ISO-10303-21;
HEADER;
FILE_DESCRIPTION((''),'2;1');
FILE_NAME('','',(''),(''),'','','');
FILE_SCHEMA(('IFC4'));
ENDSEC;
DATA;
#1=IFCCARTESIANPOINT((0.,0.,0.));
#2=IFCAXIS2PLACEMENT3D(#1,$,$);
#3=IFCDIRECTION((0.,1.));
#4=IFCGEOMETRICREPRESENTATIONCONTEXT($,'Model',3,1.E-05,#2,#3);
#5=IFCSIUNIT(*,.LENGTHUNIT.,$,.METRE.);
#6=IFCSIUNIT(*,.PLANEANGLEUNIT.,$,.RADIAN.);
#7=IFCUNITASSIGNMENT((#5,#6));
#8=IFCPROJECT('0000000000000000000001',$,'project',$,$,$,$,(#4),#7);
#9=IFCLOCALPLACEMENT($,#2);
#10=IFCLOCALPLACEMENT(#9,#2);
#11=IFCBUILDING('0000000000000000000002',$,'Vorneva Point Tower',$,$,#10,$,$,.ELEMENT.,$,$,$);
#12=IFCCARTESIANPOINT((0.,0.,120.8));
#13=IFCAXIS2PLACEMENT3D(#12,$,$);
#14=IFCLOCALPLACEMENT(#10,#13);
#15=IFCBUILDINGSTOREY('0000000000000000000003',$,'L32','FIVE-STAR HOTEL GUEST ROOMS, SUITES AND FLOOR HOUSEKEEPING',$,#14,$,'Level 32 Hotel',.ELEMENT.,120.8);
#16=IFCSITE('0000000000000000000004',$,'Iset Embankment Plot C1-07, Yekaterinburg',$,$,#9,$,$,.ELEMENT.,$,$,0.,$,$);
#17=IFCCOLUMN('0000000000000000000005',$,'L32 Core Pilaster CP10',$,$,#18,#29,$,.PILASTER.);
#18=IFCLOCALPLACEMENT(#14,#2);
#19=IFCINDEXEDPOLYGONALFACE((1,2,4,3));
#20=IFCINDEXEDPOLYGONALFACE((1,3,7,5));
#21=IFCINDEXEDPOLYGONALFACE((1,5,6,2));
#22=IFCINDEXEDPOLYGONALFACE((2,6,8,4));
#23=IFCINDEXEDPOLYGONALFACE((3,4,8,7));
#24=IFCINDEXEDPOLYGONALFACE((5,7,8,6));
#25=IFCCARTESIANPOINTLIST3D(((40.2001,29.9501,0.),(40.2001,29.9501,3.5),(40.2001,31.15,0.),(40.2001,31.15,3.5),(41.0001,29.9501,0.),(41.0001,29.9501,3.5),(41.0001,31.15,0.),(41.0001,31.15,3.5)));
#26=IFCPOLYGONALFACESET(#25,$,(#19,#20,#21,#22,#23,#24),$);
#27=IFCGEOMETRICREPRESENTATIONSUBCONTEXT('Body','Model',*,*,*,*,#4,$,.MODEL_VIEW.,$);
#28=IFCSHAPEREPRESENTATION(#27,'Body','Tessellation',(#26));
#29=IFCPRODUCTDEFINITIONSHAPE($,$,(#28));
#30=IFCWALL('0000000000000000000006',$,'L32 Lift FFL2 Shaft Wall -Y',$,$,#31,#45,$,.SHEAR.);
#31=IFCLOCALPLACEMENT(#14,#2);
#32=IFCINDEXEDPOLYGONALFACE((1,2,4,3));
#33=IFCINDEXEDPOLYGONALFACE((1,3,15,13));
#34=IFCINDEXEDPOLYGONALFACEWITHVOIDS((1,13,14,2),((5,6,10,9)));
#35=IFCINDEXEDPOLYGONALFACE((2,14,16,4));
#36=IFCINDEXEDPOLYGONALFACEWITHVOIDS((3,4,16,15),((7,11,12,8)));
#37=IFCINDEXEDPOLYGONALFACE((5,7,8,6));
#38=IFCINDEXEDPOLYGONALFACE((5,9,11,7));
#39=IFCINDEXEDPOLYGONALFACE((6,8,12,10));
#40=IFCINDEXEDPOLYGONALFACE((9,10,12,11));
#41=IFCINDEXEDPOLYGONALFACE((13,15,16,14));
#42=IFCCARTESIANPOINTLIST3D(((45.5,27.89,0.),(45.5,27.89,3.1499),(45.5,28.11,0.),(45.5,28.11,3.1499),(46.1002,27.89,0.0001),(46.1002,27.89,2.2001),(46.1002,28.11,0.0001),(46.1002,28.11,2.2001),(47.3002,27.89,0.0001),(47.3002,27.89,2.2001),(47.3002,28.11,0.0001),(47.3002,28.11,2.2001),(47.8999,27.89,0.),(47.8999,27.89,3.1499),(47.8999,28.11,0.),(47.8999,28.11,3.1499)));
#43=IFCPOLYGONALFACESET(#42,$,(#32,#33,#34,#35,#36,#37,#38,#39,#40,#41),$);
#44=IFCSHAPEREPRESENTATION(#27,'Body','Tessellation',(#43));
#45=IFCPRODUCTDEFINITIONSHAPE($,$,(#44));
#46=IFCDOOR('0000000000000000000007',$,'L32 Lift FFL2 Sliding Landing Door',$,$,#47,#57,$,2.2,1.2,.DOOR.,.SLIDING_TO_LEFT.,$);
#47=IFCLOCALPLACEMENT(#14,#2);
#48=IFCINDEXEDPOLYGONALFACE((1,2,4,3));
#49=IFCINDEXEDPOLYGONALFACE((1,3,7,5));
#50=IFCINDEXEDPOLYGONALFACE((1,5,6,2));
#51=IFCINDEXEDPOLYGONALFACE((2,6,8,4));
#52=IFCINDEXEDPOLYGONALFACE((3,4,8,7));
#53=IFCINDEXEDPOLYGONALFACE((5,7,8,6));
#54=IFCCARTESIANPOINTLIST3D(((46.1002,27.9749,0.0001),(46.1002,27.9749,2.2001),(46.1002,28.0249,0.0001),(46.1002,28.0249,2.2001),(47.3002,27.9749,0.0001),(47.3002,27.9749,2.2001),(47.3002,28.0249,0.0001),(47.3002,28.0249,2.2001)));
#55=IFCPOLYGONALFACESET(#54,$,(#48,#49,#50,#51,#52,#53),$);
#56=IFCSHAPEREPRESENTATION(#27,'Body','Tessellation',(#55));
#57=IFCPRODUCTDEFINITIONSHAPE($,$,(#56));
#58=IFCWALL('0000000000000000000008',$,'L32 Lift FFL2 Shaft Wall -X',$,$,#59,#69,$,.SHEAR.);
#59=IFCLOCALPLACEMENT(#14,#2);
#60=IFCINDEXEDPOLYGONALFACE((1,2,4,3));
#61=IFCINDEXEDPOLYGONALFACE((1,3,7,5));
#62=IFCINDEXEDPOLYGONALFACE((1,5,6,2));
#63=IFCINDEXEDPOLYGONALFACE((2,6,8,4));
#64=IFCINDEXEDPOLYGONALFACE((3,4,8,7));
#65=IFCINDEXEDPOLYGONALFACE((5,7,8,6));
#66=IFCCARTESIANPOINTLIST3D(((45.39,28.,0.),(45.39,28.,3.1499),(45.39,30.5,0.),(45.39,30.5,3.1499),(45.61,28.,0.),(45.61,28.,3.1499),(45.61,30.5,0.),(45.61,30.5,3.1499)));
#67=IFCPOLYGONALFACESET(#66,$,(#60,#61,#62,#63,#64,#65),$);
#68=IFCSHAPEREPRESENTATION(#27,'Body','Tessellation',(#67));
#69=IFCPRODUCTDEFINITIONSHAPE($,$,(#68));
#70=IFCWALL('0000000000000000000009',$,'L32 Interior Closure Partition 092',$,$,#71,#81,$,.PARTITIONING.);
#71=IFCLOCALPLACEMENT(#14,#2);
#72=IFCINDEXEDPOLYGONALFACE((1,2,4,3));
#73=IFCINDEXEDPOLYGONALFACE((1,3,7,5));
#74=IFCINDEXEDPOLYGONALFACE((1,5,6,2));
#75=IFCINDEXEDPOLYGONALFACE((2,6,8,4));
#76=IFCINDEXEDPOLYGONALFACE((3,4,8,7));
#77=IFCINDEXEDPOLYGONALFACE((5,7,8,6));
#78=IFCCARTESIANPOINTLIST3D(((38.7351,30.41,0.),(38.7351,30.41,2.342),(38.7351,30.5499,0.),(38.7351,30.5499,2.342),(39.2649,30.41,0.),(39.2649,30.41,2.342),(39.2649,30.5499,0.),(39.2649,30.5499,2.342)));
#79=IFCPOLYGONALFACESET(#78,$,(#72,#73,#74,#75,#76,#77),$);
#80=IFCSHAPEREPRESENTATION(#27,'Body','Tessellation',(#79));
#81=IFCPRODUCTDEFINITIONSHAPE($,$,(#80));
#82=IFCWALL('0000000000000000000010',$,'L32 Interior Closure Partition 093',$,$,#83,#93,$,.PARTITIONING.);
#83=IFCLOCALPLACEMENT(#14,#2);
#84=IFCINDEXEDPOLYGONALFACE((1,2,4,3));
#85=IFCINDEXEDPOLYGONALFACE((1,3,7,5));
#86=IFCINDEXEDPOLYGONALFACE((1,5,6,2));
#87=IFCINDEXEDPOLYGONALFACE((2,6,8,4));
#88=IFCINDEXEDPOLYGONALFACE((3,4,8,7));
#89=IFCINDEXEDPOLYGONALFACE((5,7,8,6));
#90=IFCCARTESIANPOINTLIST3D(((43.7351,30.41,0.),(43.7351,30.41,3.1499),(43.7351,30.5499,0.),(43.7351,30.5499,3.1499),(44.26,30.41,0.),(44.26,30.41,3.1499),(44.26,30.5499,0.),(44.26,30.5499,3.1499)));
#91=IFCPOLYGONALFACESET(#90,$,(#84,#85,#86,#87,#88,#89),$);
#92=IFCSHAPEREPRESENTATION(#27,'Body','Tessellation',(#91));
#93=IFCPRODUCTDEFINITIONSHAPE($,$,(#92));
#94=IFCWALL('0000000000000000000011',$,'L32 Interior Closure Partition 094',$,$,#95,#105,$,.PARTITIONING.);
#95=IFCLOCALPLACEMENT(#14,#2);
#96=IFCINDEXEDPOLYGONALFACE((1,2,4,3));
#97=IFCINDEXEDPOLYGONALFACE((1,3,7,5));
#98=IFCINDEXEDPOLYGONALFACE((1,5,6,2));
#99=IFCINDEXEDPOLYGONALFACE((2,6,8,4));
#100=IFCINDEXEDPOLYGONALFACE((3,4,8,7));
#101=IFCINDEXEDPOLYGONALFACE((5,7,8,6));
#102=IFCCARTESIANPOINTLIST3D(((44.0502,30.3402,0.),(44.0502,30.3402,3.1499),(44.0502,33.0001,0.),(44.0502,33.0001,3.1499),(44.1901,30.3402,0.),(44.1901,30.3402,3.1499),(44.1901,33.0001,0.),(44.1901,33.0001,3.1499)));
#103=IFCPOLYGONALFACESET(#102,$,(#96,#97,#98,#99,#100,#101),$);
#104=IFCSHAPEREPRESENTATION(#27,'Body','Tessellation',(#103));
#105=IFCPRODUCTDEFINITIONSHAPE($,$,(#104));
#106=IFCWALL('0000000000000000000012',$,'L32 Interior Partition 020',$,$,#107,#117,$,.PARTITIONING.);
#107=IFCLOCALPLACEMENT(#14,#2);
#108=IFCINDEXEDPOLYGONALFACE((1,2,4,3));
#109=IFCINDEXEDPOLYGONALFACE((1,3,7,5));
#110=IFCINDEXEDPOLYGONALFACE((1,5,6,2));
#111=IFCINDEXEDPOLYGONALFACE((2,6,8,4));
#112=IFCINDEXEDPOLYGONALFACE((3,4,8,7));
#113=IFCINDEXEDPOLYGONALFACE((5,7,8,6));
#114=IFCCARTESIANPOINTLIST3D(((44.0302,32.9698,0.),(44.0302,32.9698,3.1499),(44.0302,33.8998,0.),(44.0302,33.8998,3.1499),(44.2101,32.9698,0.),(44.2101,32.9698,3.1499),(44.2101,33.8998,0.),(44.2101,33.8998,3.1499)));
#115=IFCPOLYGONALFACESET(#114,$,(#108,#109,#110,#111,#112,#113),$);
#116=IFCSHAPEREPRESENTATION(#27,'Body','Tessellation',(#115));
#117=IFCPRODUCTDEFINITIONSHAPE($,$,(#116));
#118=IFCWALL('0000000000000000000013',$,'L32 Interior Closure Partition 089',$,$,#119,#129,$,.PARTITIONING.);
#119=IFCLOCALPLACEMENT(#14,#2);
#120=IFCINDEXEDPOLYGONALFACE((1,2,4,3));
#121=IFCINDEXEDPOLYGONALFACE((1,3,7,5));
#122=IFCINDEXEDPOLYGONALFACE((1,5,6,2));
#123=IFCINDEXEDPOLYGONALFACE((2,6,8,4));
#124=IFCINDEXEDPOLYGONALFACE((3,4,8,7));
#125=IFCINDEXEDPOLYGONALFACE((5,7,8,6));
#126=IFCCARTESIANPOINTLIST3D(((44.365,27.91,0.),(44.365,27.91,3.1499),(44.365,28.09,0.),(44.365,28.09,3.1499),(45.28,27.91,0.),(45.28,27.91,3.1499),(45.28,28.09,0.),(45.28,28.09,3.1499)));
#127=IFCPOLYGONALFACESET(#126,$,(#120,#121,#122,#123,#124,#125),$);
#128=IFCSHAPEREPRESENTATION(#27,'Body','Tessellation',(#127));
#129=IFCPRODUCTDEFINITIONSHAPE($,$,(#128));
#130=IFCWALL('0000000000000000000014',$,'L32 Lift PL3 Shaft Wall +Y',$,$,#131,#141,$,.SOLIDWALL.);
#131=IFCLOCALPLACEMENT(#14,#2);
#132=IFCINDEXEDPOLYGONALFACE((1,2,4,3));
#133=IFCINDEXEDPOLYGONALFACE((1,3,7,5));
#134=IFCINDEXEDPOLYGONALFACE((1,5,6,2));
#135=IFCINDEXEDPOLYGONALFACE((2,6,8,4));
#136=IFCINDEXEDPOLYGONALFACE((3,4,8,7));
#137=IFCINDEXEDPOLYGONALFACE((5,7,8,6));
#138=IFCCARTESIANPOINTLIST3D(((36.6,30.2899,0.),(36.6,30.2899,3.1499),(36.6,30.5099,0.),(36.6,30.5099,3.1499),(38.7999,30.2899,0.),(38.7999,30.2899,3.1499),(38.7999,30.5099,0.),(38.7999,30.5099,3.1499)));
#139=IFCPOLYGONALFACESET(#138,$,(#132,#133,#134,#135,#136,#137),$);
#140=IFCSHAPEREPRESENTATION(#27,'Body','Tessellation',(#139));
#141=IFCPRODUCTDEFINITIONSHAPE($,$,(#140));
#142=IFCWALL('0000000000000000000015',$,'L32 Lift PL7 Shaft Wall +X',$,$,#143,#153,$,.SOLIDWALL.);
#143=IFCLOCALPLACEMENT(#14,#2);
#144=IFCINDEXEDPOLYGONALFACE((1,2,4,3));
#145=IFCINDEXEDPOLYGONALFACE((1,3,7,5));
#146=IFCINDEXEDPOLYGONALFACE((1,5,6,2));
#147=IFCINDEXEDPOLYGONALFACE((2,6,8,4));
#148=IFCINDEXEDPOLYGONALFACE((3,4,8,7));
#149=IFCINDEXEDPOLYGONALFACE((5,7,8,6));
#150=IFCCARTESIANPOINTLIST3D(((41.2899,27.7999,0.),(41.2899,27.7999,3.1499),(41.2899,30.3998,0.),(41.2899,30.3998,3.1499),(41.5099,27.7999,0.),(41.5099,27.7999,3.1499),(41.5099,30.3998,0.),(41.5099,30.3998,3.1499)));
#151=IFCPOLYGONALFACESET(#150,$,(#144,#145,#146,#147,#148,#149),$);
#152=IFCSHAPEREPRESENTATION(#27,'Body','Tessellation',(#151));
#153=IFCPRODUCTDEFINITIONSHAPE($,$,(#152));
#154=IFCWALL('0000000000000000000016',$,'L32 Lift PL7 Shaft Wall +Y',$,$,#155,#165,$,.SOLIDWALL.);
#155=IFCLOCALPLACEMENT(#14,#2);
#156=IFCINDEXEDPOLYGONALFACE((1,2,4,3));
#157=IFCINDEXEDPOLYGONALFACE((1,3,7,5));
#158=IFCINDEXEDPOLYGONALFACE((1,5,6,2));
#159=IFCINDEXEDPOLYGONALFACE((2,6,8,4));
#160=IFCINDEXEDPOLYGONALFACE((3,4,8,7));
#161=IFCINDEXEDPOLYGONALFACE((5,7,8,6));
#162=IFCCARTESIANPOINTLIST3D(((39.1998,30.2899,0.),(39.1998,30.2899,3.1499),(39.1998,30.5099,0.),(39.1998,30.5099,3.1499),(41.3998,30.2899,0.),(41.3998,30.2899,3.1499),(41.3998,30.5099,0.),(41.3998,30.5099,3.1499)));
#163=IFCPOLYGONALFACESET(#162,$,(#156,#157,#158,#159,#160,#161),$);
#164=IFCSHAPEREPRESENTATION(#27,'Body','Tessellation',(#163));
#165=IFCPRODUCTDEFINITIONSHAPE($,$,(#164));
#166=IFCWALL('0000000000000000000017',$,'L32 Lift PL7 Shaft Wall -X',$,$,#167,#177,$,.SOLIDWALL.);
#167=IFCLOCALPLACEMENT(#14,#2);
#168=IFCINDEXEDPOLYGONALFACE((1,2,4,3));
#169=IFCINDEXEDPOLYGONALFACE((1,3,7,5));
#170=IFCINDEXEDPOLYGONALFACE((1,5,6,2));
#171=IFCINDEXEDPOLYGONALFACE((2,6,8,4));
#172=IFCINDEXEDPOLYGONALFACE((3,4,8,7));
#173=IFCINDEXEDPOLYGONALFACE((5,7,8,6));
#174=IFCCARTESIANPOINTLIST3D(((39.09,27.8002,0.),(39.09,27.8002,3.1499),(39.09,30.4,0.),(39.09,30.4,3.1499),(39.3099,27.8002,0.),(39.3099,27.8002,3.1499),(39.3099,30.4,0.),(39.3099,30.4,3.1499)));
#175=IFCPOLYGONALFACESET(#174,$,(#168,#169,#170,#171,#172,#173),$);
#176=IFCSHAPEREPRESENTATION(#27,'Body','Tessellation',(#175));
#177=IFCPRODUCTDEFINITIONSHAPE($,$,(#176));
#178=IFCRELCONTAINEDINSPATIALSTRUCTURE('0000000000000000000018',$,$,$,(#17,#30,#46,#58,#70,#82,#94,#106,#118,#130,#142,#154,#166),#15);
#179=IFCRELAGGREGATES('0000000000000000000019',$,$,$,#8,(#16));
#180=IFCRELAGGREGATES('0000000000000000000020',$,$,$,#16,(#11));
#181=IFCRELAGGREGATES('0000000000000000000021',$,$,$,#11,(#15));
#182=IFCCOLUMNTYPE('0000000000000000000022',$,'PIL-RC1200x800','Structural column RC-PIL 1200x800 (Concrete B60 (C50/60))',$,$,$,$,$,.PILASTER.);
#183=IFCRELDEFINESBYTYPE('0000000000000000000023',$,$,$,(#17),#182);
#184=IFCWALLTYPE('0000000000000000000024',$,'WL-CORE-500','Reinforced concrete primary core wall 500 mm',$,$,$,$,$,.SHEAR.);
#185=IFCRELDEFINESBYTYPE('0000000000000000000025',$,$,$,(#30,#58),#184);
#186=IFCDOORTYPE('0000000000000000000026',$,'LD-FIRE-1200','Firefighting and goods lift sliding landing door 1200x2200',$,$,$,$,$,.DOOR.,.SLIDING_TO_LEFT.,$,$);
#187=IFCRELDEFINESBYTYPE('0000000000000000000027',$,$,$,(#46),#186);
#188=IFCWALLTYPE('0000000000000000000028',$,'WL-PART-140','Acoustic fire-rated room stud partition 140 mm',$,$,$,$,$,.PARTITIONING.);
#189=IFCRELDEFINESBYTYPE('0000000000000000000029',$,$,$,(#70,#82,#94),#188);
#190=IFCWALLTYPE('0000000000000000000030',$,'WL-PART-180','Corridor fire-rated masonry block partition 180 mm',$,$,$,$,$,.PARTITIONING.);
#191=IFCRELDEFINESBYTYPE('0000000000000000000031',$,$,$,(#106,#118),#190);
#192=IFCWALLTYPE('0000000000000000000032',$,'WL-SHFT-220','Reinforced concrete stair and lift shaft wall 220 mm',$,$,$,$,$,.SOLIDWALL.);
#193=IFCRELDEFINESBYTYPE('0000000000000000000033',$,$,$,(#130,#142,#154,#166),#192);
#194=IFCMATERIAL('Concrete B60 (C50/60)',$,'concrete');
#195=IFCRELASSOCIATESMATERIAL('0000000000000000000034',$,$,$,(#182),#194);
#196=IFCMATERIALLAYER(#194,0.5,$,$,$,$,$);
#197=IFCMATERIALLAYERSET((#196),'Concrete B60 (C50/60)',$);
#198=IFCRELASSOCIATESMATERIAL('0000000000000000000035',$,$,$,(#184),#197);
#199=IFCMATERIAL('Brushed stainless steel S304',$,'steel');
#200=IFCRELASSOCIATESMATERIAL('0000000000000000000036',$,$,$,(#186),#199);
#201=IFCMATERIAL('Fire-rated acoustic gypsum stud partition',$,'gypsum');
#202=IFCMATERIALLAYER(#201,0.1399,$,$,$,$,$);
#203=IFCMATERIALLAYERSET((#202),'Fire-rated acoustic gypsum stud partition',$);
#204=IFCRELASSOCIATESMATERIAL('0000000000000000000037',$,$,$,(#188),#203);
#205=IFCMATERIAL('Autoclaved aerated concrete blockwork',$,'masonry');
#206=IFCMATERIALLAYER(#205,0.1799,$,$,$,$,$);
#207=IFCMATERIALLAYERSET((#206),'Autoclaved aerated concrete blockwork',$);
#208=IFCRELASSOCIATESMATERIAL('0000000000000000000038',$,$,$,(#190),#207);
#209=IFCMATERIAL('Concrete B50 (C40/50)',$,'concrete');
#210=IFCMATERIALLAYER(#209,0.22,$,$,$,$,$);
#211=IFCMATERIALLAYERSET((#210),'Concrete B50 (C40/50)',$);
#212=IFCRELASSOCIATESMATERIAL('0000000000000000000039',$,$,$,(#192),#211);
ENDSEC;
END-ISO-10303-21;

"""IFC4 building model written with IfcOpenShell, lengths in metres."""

from ifc_helpers import new_model, si_unit, direction, frame, frame_2d, origin, origin_2d, place, context, subcontext, project, spatial, rectangle, extrude, material, layer, layer_set, material_profile, profile_set, type_object, element, fill, save


model = new_model("IFC4")

# Units and contexts
model_context = context("Model", 3, precision=1e-05, world=origin(), true_north=direction((0.0, 1.0)))
body_context = subcontext(model_context, "Body", "Model", "MODEL_VIEW")
ifc_project = project(units=[si_unit("LENGTHUNIT", "METRE"), si_unit("PLANEANGLEUNIT", "RADIAN")], contexts=[model_context])

# Site, building, storey
site_placement = place(None, origin())
site = spatial("IfcSite", under=ifc_project, at=site_placement, Name="Iset Embankment Plot C1-07, Yekaterinburg", CompositionType="ELEMENT", RefElevation=0.0)
building_placement = place(site_placement, origin())
building = spatial("IfcBuilding", under=site, at=building_placement, Name="Vorneva Point Tower", CompositionType="ELEMENT")
storey_placement = place(building_placement, frame((0.0, 0.0, 120.8)))
storey = spatial("IfcBuildingStorey", under=building, at=storey_placement, Name="L32", Description="FIVE-STAR HOTEL GUEST ROOMS, SUITES AND FLOOR HOUSEKEEPING", LongName="Level 32 Hotel", CompositionType="ELEMENT", Elevation=120.8)

# Column
ifc_material_1 = material(Name="Concrete B60 (C50/60)", Category="concrete")
ifc_material_profile = material_profile(ifc_material_1, rectangle(XDim=0.8, YDim=1.2, at=origin_2d()), Name="RC-PIL 1200x800")
ifc_profile_set = profile_set([ifc_material_profile], Name="Concrete B60 (C50/60)")
column_type = type_object("IfcColumnType", Name="PIL-RC1200x800", Description="Structural column RC-PIL 1200x800 (Concrete B60 (C50/60))", PredefinedType="PILASTER", material=ifc_profile_set)
column_placement = place(storey_placement, frame((40.6001, 30.55, 0.0), z_axis=(0.0, 0.0, 1.0), x_axis=(1.0, 0.0, 0.0)))
element("IfcColumn", 1, at=column_placement, inside=storey, type_object=column_type, Name="L32 Core Pilaster CP10", PredefinedType="PILASTER", context=body_context, shape_type="SweptSolid", body=[
    extrude(rectangle(XDim=0.8, YDim=1.2, at=origin_2d()), origin(), (0.0, 0.0, 1.0), 3.5),
])

# Wall, opening, door
ifc_layer_1 = layer(ifc_material_1, 0.5)
ifc_layer_set_1 = layer_set([ifc_layer_1], Name="Concrete B60 (C50/60)")
wall_type_1 = type_object("IfcWallType", Name="WL-CORE-500", Description="Reinforced concrete primary core wall 500 mm", PredefinedType="SHEAR", material=ifc_layer_set_1)
wall_1_placement = place(storey_placement, frame((45.5, 28.0, 0.0), z_axis=(0.0, 0.0, 1.0), x_axis=(1.0, 0.0, 0.0)))
wall_1 = element("IfcWall", 2, at=wall_1_placement, inside=storey, type_object=wall_type_1, Name="L32 Lift FFL2 Shaft Wall -Y", PredefinedType="SHEAR", context=body_context, shape_type="SweptSolid", body=[
    extrude(rectangle(XDim=2.3999, YDim=0.22, at=frame_2d((1.2, 0.0))), origin(), (0.0, 0.0, 1.0), 3.1499),
])
opening_1_placement = place(wall_1_placement, frame((0.6001, 0.0, 0.0)))
opening_1 = element("IfcOpeningElement", 3, at=opening_1_placement, cuts=wall_1, PredefinedType="OPENING", context=body_context, shape_type="SweptSolid", body=[
    extrude(rectangle(XDim=1.2, YDim=2.2, at=frame_2d((0.6001, 1.1001))), frame((0.0, 0.125, 0.0), z_axis=(0.0, -1.0, 0.0), x_axis=(1.0, 0.0, 0.0)), (0.0, 0.0, 1.0), 0.2498),
])
ifc_material_2 = material(Name="Brushed stainless steel S304", Category="steel")
door_type_1 = type_object("IfcDoorType", Name="LD-FIRE-1200", Description="Firefighting and goods lift sliding landing door 1200x2200", OperationType="SLIDING_TO_LEFT", PredefinedType="DOOR", material=ifc_material_2)
door_1_placement = place(opening_1_placement, origin())
door_1 = element("IfcDoor", 4, at=door_1_placement, inside=storey, type_object=door_type_1, Name="L32 Lift FFL2 Sliding Landing Door", OperationType="SLIDING_TO_LEFT", OverallHeight=2.2, OverallWidth=1.2, PredefinedType="DOOR", context=body_context, shape_type="SweptSolid", body=[
    extrude(rectangle(XDim=1.2, YDim=2.2, at=frame_2d((0.6001, 1.1001))), frame((0.0, 0.0249, 0.0), z_axis=(0.0, -1.0, 0.0), x_axis=(1.0, 0.0, 0.0)), (0.0, 0.0, 1.0), 0.05),
])
fill(opening_1, door_1)

# Walls
wall_2_placement = place(storey_placement, frame((45.5, 30.5, 0.0), z_axis=(0.0, 0.0, 1.0), x_axis=(0.0, -1.0, 0.0)))
element("IfcWall", 5, at=wall_2_placement, inside=storey, type_object=wall_type_1, Name="L32 Lift FFL2 Shaft Wall -X", PredefinedType="SHEAR", context=body_context, shape_type="SweptSolid", body=[
    extrude(rectangle(XDim=2.5, YDim=0.22, at=frame_2d((1.25, 0.0))), origin(), (0.0, 0.0, 1.0), 3.1499),
])
ifc_material_3 = material(Name="Fire-rated acoustic gypsum stud partition", Category="gypsum")
ifc_layer_2 = layer(ifc_material_3, 0.1399)
ifc_layer_set_2 = layer_set([ifc_layer_2], Name="Fire-rated acoustic gypsum stud partition")
wall_type_2 = type_object("IfcWallType", Name="WL-PART-140", Description="Acoustic fire-rated room stud partition 140 mm", PredefinedType="PARTITIONING", material=ifc_layer_set_2)
wall_3_placement = place(storey_placement, frame((38.7351, 30.48, 0.0), z_axis=(0.0, 0.0, 1.0), x_axis=(1.0, 0.0, 0.0)))
element("IfcWall", 6, at=wall_3_placement, inside=storey, type_object=wall_type_2, Name="L32 Interior Closure Partition 092", PredefinedType="PARTITIONING", context=body_context, shape_type="SweptSolid", body=[
    extrude(rectangle(XDim=0.5298, YDim=0.1399, at=frame_2d((0.2649, 0.0))), origin(), (0.0, 0.0, 1.0), 2.342),
])
wall_4_placement = place(storey_placement, frame((43.7351, 30.48, 0.0), z_axis=(0.0, 0.0, 1.0), x_axis=(1.0, 0.0, 0.0)))
element("IfcWall", 7, at=wall_4_placement, inside=storey, type_object=wall_type_2, Name="L32 Interior Closure Partition 093", PredefinedType="PARTITIONING", context=body_context, shape_type="SweptSolid", body=[
    extrude(rectangle(XDim=0.5249, YDim=0.1399, at=frame_2d((0.2625, 0.0))), origin(), (0.0, 0.0, 1.0), 3.1499),
])
wall_5_placement = place(storey_placement, frame((44.1201, 30.3401, 0.0), z_axis=(0.0, 0.0, 1.0), x_axis=(0.0, 1.0, 0.0)))
element("IfcWall", 8, at=wall_5_placement, inside=storey, type_object=wall_type_2, Name="L32 Interior Closure Partition 094", PredefinedType="PARTITIONING", context=body_context, shape_type="SweptSolid", body=[
    extrude(rectangle(XDim=2.6599, YDim=0.1399, at=frame_2d((1.3301, 0.0))), origin(), (0.0, 0.0, 1.0), 3.1499),
])

# Shared definitions
ifc_material_4 = material(Name="Autoclaved aerated concrete blockwork", Category="masonry")
ifc_layer_3 = layer(ifc_material_4, 0.1799)
ifc_layer_set_3 = layer_set([ifc_layer_3], Name="Autoclaved aerated concrete blockwork")
wall_type_3 = type_object("IfcWallType", Name="WL-PART-180", Description="Corridor fire-rated masonry block partition 180 mm", PredefinedType="PARTITIONING", material=ifc_layer_set_3)

# Walls
wall_6_placement = place(storey_placement, frame((44.1201, 32.97, 0.0), z_axis=(0.0, 0.0, 1.0), x_axis=(0.0, 1.0, 0.0)))
element("IfcWall", 9, at=wall_6_placement, inside=storey, type_object=wall_type_3, Name="L32 Interior Partition 020", PredefinedType="PARTITIONING", context=body_context, shape_type="SweptSolid", body=[
    extrude(rectangle(XDim=0.9299, YDim=0.1799, at=frame_2d((0.4648, 0.0))), origin(), (0.0, 0.0, 1.0), 3.1499),
])
wall_7_placement = place(storey_placement, frame((45.28, 28.0, 0.0), z_axis=(0.0, 0.0, 1.0), x_axis=(-1.0, 0.0, 0.0)))
element("IfcWall", 10, at=wall_7_placement, inside=storey, type_object=wall_type_3, Name="L32 Interior Closure Partition 089", PredefinedType="PARTITIONING", context=body_context, shape_type="SweptSolid", body=[
    extrude(rectangle(XDim=0.915, YDim=0.1799, at=frame_2d((0.4575, 0.0))), origin(), (0.0, 0.0, 1.0), 3.1499),
])
ifc_material_5 = material(Name="Concrete B50 (C40/50)", Category="concrete")
ifc_layer_4 = layer(ifc_material_5, 0.22)
ifc_layer_set_4 = layer_set([ifc_layer_4], Name="Concrete B50 (C40/50)")
wall_type_4 = type_object("IfcWallType", Name="WL-SHFT-220", Description="Reinforced concrete stair and lift shaft wall 220 mm", PredefinedType="SOLIDWALL", material=ifc_layer_set_4)
wall_8_placement = place(storey_placement, frame((38.8, 30.3999, 0.0), z_axis=(0.0, 0.0, 1.0), x_axis=(-1.0, 0.0, 0.0)))
element("IfcWall", 11, at=wall_8_placement, inside=storey, type_object=wall_type_4, Name="L32 Lift PL3 Shaft Wall +Y", PredefinedType="SOLIDWALL", context=body_context, shape_type="SweptSolid", body=[
    extrude(rectangle(XDim=2.2, YDim=0.22, at=frame_2d((1.1001, 0.0))), origin(), (0.0, 0.0, 1.0), 3.1499),
])
wall_9_placement = place(storey_placement, frame((41.3999, 27.8, 0.0), z_axis=(0.0, 0.0, 1.0), x_axis=(0.0, 1.0, 0.0)))
element("IfcWall", 12, at=wall_9_placement, inside=storey, type_object=wall_type_4, Name="L32 Lift PL7 Shaft Wall +X", PredefinedType="SOLIDWALL", context=body_context, shape_type="SweptSolid", body=[
    extrude(rectangle(XDim=2.5999, YDim=0.22, at=frame_2d((1.2998, 0.0))), origin(), (0.0, 0.0, 1.0), 3.1499),
])
wall_10_placement = place(storey_placement, frame((41.3999, 30.3999, 0.0), z_axis=(0.0, 0.0, 1.0), x_axis=(-1.0, 0.0, 0.0)))
element("IfcWall", 13, at=wall_10_placement, inside=storey, type_object=wall_type_4, Name="L32 Lift PL7 Shaft Wall +Y", PredefinedType="SOLIDWALL", context=body_context, shape_type="SweptSolid", body=[
    extrude(rectangle(XDim=2.2, YDim=0.22, at=frame_2d((1.1001, 0.0))), origin(), (0.0, 0.0, 1.0), 3.1499),
])
wall_11_placement = place(storey_placement, frame((39.2, 30.3999, 0.0), z_axis=(0.0, 0.0, 1.0), x_axis=(0.0, -1.0, 0.0)))
element("IfcWall", 14, at=wall_11_placement, inside=storey, type_object=wall_type_4, Name="L32 Lift PL7 Shaft Wall -X", PredefinedType="SOLIDWALL", context=body_context, shape_type="SweptSolid", body=[
    extrude(rectangle(XDim=2.5999, YDim=0.22, at=frame_2d((1.2998, 0.0))), origin(), (0.0, 0.0, 1.0), 3.1499),
])

save(model, "model.ifc")
